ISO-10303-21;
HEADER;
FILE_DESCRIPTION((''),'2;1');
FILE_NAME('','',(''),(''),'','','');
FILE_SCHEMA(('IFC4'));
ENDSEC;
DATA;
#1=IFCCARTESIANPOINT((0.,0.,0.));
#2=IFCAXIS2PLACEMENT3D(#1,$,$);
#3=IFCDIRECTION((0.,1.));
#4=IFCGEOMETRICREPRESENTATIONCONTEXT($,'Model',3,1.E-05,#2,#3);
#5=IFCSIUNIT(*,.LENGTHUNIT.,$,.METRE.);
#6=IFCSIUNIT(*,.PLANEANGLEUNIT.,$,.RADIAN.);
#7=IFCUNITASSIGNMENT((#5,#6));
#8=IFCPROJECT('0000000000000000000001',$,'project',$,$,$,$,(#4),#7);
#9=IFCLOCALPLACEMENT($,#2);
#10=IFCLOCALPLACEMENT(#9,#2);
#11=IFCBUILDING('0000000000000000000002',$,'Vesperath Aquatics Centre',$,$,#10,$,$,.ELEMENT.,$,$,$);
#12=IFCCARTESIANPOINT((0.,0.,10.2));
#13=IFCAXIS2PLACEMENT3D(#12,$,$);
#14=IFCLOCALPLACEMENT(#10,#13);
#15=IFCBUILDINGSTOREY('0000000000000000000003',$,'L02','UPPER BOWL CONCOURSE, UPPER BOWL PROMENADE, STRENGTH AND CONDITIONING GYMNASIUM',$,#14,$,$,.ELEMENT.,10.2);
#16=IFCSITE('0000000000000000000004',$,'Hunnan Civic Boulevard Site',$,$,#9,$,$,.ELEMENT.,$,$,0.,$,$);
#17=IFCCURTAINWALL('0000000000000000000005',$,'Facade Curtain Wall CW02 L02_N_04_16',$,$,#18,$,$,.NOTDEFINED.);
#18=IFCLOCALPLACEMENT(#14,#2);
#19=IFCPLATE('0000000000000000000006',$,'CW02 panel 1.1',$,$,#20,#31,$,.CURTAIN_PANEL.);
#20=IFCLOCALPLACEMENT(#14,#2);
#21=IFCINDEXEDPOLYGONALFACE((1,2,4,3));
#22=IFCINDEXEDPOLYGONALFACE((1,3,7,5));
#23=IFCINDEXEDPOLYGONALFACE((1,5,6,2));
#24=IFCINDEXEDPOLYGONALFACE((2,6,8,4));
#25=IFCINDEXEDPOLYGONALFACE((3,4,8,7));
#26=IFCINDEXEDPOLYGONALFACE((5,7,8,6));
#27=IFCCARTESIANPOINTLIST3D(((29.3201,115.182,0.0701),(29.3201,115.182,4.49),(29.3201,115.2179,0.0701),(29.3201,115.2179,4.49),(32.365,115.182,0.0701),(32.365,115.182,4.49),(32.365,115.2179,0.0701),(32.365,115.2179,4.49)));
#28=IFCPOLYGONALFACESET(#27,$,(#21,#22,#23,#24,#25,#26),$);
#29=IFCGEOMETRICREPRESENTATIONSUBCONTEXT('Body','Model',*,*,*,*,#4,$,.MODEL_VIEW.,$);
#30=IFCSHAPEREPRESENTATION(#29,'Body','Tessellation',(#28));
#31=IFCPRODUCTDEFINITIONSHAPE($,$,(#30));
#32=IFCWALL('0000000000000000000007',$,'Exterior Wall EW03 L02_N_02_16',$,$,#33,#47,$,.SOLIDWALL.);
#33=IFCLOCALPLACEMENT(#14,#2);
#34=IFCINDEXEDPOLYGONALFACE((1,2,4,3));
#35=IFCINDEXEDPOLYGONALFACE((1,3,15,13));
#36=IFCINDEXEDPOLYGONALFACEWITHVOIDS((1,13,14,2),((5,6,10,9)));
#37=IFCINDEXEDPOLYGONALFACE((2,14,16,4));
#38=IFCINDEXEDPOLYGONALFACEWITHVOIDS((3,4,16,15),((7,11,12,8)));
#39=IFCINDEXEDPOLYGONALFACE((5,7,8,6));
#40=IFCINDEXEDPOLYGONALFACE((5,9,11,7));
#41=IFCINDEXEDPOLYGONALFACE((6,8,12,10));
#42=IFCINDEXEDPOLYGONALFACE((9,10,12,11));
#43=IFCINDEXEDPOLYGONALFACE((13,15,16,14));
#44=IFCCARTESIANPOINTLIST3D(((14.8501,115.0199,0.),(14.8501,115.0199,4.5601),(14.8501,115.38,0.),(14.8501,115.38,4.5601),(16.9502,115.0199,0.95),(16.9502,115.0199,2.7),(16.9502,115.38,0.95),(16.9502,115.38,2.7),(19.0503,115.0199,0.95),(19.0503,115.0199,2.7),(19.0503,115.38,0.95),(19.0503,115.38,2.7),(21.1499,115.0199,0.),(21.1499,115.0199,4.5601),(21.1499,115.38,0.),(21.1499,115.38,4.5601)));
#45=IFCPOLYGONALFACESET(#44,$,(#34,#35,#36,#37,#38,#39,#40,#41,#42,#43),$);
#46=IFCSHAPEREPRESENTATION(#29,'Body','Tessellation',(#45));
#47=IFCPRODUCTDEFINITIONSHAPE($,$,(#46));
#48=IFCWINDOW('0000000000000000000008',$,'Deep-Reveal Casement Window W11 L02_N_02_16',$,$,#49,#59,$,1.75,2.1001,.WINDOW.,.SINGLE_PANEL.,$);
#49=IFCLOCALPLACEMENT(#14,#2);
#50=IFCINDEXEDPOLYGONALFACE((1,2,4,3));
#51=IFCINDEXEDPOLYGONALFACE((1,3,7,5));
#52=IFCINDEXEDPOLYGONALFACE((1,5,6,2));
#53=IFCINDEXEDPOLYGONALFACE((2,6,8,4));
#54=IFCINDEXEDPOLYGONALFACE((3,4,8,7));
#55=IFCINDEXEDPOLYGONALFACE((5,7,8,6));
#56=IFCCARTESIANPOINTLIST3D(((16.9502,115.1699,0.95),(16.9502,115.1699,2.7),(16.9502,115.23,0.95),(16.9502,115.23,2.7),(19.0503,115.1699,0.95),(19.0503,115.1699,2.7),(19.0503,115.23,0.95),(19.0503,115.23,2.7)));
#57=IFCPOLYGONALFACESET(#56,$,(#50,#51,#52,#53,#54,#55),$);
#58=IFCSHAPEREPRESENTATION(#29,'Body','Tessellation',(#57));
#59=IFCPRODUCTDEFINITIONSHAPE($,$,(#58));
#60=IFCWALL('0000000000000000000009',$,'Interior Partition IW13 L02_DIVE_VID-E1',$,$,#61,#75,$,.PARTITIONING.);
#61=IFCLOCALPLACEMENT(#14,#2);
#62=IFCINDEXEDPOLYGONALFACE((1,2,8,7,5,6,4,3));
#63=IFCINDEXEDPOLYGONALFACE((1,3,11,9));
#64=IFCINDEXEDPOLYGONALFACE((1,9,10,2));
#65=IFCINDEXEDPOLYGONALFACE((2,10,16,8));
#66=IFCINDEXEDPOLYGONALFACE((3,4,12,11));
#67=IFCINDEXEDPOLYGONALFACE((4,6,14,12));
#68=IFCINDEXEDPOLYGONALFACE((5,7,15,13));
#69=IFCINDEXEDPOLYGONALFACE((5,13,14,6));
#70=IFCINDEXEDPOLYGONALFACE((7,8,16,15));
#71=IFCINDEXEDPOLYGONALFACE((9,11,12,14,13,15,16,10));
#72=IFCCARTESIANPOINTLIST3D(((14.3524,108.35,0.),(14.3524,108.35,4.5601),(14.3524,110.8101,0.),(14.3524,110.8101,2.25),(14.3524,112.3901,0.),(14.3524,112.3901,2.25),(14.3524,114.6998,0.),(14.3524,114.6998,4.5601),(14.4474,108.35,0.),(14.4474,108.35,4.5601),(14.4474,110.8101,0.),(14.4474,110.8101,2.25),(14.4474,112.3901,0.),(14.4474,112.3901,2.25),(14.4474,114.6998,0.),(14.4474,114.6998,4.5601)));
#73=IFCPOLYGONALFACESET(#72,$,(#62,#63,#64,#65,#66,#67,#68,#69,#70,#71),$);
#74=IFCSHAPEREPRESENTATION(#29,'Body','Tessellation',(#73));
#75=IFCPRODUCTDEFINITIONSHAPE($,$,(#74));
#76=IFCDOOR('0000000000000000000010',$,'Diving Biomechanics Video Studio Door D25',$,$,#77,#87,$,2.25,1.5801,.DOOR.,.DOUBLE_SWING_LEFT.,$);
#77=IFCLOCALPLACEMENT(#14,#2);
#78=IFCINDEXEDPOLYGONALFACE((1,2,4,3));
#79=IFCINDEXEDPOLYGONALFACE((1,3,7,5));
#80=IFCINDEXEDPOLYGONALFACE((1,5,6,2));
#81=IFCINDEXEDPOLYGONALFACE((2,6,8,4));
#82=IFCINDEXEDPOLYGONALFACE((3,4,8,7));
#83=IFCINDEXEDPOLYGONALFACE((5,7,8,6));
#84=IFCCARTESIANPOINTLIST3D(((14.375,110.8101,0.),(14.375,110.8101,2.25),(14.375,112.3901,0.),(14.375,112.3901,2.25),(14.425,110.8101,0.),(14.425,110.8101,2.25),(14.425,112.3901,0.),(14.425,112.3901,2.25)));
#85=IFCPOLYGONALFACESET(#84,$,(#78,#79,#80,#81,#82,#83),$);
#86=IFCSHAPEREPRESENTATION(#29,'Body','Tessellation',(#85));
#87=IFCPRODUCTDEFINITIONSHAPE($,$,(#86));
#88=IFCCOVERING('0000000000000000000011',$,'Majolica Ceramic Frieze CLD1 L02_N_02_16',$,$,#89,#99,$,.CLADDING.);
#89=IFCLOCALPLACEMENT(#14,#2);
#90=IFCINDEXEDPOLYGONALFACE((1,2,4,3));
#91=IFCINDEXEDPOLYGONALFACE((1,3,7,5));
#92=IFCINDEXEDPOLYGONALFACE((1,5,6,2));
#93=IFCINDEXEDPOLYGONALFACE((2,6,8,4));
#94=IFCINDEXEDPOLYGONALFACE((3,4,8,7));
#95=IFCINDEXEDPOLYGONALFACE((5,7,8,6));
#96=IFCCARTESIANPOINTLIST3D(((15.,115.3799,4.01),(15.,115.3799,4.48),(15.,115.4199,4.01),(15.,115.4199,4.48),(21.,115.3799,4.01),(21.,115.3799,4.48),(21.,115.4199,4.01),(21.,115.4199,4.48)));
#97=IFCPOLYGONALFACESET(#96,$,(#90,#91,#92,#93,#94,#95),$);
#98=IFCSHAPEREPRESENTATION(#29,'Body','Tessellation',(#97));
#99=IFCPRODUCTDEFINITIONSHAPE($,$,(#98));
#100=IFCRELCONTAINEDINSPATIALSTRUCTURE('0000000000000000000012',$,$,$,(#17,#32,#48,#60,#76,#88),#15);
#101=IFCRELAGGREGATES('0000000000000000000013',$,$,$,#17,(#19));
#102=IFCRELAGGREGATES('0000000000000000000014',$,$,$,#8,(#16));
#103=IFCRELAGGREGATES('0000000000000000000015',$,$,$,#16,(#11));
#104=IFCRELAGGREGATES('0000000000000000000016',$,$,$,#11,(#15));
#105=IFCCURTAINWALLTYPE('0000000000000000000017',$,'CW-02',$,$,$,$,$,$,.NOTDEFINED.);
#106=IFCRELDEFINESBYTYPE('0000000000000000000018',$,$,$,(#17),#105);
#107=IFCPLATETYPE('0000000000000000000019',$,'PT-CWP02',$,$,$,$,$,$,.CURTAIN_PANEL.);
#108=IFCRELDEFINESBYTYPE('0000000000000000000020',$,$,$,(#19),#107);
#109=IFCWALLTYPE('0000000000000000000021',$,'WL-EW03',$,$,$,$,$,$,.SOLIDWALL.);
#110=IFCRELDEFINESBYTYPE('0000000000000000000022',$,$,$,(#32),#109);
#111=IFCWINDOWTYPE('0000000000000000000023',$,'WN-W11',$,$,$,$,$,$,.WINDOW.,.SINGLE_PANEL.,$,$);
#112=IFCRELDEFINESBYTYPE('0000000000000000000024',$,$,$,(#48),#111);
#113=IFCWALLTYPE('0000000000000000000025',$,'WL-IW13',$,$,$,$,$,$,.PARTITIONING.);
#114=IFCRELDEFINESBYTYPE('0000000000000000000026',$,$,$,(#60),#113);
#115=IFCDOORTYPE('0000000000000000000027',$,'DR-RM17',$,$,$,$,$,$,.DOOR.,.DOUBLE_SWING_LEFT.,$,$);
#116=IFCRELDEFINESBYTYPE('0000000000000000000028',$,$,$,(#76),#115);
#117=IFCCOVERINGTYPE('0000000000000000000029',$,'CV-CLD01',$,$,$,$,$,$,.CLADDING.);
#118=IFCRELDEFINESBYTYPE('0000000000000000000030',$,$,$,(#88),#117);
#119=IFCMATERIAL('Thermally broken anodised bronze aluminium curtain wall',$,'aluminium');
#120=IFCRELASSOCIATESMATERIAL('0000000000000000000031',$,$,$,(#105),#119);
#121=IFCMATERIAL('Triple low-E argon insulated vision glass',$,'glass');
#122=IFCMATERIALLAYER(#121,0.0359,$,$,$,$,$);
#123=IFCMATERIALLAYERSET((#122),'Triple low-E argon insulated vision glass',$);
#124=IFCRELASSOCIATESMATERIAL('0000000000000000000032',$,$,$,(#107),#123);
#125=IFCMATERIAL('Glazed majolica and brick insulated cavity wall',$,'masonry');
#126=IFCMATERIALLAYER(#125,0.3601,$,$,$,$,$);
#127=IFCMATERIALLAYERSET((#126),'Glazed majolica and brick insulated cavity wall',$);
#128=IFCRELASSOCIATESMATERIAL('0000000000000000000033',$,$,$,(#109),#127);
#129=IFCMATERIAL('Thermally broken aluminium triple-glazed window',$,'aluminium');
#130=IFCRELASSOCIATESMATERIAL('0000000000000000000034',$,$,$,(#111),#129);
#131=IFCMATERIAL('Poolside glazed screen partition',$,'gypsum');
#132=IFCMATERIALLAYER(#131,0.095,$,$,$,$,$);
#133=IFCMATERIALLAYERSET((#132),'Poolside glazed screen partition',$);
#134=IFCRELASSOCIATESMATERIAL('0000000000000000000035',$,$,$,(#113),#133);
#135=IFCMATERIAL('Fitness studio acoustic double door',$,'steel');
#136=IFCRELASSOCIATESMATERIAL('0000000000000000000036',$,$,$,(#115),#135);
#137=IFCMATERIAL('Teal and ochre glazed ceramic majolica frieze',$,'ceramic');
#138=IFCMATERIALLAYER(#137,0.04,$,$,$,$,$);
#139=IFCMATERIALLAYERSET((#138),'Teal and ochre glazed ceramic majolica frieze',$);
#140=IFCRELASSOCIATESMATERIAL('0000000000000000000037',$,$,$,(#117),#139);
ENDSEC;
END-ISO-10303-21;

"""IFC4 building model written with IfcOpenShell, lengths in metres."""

from ifc_helpers import new_model, si_unit, direction, frame, frame_2d, origin, origin_2d, place, context, subcontext, project, spatial, rectangle, extrude, material, layer, layer_set, type_object, element, fill, aggregate, save


model = new_model("IFC4")

# Units and contexts
model_context = context("Model", 3, precision=1e-05, world=origin(), true_north=direction((0.0, 1.0)))
body_context = subcontext(model_context, "Body", "Model", "MODEL_VIEW")
ifc_project = project(units=[si_unit("LENGTHUNIT", "METRE"), si_unit("PLANEANGLEUNIT", "RADIAN")], contexts=[model_context])

# Site, building, storey
site_placement = place(None, origin())
site = spatial("IfcSite", under=ifc_project, at=site_placement, Name="Hunnan Civic Boulevard Site", CompositionType="ELEMENT", RefElevation=0.0)
building_placement = place(site_placement, origin())
building = spatial("IfcBuilding", under=site, at=building_placement, Name="Vesperath Aquatics Centre", CompositionType="ELEMENT")
storey_placement = place(building_placement, frame((0.0, 0.0, 10.2)))
storey = spatial("IfcBuildingStorey", under=building, at=storey_placement, Name="L02", Description="UPPER BOWL CONCOURSE, UPPER BOWL PROMENADE, STRENGTH AND CONDITIONING GYMNASIUM", CompositionType="ELEMENT", Elevation=10.2)

# Shared definitions
ifc_material_1 = material(Name="Thermally broken anodised bronze aluminium curtain wall", Category="aluminium")
curtain_wall_type = type_object("IfcCurtainWallType", Name="CW-02", PredefinedType="NOTDEFINED", material=ifc_material_1)

# Curtain wall
curtain_wall_1_placement = place(storey_placement, origin())
curtain_wall_1 = element("IfcCurtainWall", 1, at=curtain_wall_1_placement, inside=storey, type_object=curtain_wall_type, Name="Facade Curtain Wall CW02 L02_N_04_16", PredefinedType="NOTDEFINED")

# Plate
ifc_material_2 = material(Name="Triple low-E argon insulated vision glass", Category="glass")
ifc_layer_1 = layer(ifc_material_2, 0.0359)
ifc_layer_set_1 = layer_set([ifc_layer_1], Name="Triple low-E argon insulated vision glass")
plate_type = type_object("IfcPlateType", Name="PT-CWP02", PredefinedType="CURTAIN_PANEL", material=ifc_layer_set_1)
plate_1_placement = place(storey_placement, frame((30.8425, 115.2, 0.0701), z_axis=(0.0, 0.0, 1.0), x_axis=(1.0, 0.0, 0.0)))
plate_1 = element("IfcPlate", 2, at=plate_1_placement, type_object=plate_type, Name="CW02 panel 1.1", PredefinedType="CURTAIN_PANEL", context=body_context, shape_type="SweptSolid", body=[
    extrude(rectangle(XDim=3.0449, YDim=0.0359, at=origin_2d()), origin(), (0.0, 0.0, 1.0), 4.4199),
])
aggregate(curtain_wall_1, [plate_1])

# Wall, opening, window
ifc_material_3 = material(Name="Glazed majolica and brick insulated cavity wall", Category="masonry")
ifc_layer_2 = layer(ifc_material_3, 0.3601)
ifc_layer_set_2 = layer_set([ifc_layer_2], Name="Glazed majolica and brick insulated cavity wall")
wall_type_1 = type_object("IfcWallType", Name="WL-EW03", PredefinedType="SOLIDWALL", material=ifc_layer_set_2)
wall_1_placement = place(storey_placement, frame((14.8501, 115.2, 0.0), z_axis=(0.0, 0.0, 1.0), x_axis=(1.0, 0.0, 0.0)))
wall_1 = element("IfcWall", 3, at=wall_1_placement, inside=storey, type_object=wall_type_1, Name="Exterior Wall EW03 L02_N_02_16", PredefinedType="SOLIDWALL", context=body_context, shape_type="SweptSolid", body=[
    extrude(rectangle(XDim=6.2998, YDim=0.3601, at=frame_2d((3.1499, 0.0))), origin(), (0.0, 0.0, 1.0), 4.5601),
])
opening_1_placement = place(wall_1_placement, frame((2.1001, 0.0, 0.95)))
opening_1 = element("IfcOpeningElement", 4, at=opening_1_placement, cuts=wall_1, PredefinedType="OPENING", context=body_context, shape_type="SweptSolid", body=[
    extrude(rectangle(XDim=2.1001, YDim=1.75, at=frame_2d((1.05, 0.875))), frame((0.0, 0.1948, 0.0), z_axis=(0.0, -1.0, 0.0), x_axis=(1.0, 0.0, 0.0)), (0.0, 0.0, 1.0), 0.3899),
])
ifc_material_4 = material(Name="Thermally broken aluminium triple-glazed window", Category="aluminium")
window_type = type_object("IfcWindowType", Name="WN-W11", PartitioningType="SINGLE_PANEL", PredefinedType="WINDOW", material=ifc_material_4)
window_placement = place(opening_1_placement, origin())
window = element("IfcWindow", 5, at=window_placement, inside=storey, type_object=window_type, Name="Deep-Reveal Casement Window W11 L02_N_02_16", OverallHeight=1.75, OverallWidth=2.1001, PartitioningType="SINGLE_PANEL", PredefinedType="WINDOW", context=body_context, shape_type="SweptSolid", body=[
    extrude(rectangle(XDim=2.1001, YDim=1.75, at=frame_2d((1.05, 0.875))), frame((0.0, 0.03, 0.0), z_axis=(0.0, -1.0, 0.0), x_axis=(1.0, 0.0, 0.0)), (0.0, 0.0, 1.0), 0.0601),
])
fill(opening_1, window)

# Wall, opening, door
ifc_material_5 = material(Name="Poolside glazed screen partition", Category="gypsum")
ifc_layer_3 = layer(ifc_material_5, 0.095)
ifc_layer_set_3 = layer_set([ifc_layer_3], Name="Poolside glazed screen partition")
wall_type_2 = type_object("IfcWallType", Name="WL-IW13", PredefinedType="PARTITIONING", material=ifc_layer_set_3)
wall_2_placement = place(storey_placement, frame((14.3999, 108.3501, 0.0), z_axis=(0.0, 0.0, 1.0), x_axis=(0.0, 1.0, 0.0)))
wall_2 = element("IfcWall", 6, at=wall_2_placement, inside=storey, type_object=wall_type_2, Name="Interior Partition IW13 L02_DIVE_VID-E1", PredefinedType="PARTITIONING", context=body_context, shape_type="SweptSolid", body=[
    extrude(rectangle(XDim=6.3499, YDim=0.095, at=frame_2d((3.1748, 0.0))), origin(), (0.0, 0.0, 1.0), 4.5601),
])
opening_2_placement = place(wall_2_placement, frame((2.46, 0.0, 0.0)))
opening_2 = element("IfcOpeningElement", 7, at=opening_2_placement, cuts=wall_2, PredefinedType="OPENING", context=body_context, shape_type="SweptSolid", body=[
    extrude(rectangle(XDim=1.5801, YDim=2.25, at=frame_2d((0.79, 1.125))), frame((0.0, 0.0625, 0.0), z_axis=(0.0, -1.0, 0.0), x_axis=(1.0, 0.0, 0.0)), (0.0, 0.0, 1.0), 0.1248),
])
ifc_material_6 = material(Name="Fitness studio acoustic double door", Category="steel")
door_type = type_object("IfcDoorType", Name="DR-RM17", OperationType="DOUBLE_SWING_LEFT", PredefinedType="DOOR", material=ifc_material_6)
door_placement = place(opening_2_placement, origin())
door = element("IfcDoor", 8, at=door_placement, inside=storey, type_object=door_type, Name="Diving Biomechanics Video Studio Door D25", OperationType="DOUBLE_SWING_LEFT", OverallHeight=2.25, OverallWidth=1.5801, PredefinedType="DOOR", context=body_context, shape_type="SweptSolid", body=[
    extrude(rectangle(XDim=1.5801, YDim=2.25, at=frame_2d((0.79, 1.125))), frame((0.0, 0.0249, 0.0), z_axis=(0.0, -1.0, 0.0), x_axis=(1.0, 0.0, 0.0)), (0.0, 0.0, 1.0), 0.05),
])
fill(opening_2, door)

# Covering
ifc_material_7 = material(Name="Teal and ochre glazed ceramic majolica frieze", Category="ceramic")
ifc_layer_4 = layer(ifc_material_7, 0.04)
ifc_layer_set_4 = layer_set([ifc_layer_4], Name="Teal and ochre glazed ceramic majolica frieze")
covering_type = type_object("IfcCoveringType", Name="CV-CLD01", PredefinedType="CLADDING", material=ifc_layer_set_4)
covering_placement = place(storey_placement, frame((15.0, 115.3999, 4.01), z_axis=(0.0, 0.0, 1.0), x_axis=(1.0, 0.0, 0.0)))
element("IfcCovering", 9, at=covering_placement, inside=storey, type_object=covering_type, Name="Majolica Ceramic Frieze CLD1 L02_N_02_16", PredefinedType="CLADDING", context=body_context, shape_type="SweptSolid", body=[
    extrude(rectangle(XDim=6.0, YDim=0.04, at=frame_2d((3.0, 0.0))), origin(), (0.0, 0.0, 1.0), 0.47),
])

save(model, "model.ifc")
